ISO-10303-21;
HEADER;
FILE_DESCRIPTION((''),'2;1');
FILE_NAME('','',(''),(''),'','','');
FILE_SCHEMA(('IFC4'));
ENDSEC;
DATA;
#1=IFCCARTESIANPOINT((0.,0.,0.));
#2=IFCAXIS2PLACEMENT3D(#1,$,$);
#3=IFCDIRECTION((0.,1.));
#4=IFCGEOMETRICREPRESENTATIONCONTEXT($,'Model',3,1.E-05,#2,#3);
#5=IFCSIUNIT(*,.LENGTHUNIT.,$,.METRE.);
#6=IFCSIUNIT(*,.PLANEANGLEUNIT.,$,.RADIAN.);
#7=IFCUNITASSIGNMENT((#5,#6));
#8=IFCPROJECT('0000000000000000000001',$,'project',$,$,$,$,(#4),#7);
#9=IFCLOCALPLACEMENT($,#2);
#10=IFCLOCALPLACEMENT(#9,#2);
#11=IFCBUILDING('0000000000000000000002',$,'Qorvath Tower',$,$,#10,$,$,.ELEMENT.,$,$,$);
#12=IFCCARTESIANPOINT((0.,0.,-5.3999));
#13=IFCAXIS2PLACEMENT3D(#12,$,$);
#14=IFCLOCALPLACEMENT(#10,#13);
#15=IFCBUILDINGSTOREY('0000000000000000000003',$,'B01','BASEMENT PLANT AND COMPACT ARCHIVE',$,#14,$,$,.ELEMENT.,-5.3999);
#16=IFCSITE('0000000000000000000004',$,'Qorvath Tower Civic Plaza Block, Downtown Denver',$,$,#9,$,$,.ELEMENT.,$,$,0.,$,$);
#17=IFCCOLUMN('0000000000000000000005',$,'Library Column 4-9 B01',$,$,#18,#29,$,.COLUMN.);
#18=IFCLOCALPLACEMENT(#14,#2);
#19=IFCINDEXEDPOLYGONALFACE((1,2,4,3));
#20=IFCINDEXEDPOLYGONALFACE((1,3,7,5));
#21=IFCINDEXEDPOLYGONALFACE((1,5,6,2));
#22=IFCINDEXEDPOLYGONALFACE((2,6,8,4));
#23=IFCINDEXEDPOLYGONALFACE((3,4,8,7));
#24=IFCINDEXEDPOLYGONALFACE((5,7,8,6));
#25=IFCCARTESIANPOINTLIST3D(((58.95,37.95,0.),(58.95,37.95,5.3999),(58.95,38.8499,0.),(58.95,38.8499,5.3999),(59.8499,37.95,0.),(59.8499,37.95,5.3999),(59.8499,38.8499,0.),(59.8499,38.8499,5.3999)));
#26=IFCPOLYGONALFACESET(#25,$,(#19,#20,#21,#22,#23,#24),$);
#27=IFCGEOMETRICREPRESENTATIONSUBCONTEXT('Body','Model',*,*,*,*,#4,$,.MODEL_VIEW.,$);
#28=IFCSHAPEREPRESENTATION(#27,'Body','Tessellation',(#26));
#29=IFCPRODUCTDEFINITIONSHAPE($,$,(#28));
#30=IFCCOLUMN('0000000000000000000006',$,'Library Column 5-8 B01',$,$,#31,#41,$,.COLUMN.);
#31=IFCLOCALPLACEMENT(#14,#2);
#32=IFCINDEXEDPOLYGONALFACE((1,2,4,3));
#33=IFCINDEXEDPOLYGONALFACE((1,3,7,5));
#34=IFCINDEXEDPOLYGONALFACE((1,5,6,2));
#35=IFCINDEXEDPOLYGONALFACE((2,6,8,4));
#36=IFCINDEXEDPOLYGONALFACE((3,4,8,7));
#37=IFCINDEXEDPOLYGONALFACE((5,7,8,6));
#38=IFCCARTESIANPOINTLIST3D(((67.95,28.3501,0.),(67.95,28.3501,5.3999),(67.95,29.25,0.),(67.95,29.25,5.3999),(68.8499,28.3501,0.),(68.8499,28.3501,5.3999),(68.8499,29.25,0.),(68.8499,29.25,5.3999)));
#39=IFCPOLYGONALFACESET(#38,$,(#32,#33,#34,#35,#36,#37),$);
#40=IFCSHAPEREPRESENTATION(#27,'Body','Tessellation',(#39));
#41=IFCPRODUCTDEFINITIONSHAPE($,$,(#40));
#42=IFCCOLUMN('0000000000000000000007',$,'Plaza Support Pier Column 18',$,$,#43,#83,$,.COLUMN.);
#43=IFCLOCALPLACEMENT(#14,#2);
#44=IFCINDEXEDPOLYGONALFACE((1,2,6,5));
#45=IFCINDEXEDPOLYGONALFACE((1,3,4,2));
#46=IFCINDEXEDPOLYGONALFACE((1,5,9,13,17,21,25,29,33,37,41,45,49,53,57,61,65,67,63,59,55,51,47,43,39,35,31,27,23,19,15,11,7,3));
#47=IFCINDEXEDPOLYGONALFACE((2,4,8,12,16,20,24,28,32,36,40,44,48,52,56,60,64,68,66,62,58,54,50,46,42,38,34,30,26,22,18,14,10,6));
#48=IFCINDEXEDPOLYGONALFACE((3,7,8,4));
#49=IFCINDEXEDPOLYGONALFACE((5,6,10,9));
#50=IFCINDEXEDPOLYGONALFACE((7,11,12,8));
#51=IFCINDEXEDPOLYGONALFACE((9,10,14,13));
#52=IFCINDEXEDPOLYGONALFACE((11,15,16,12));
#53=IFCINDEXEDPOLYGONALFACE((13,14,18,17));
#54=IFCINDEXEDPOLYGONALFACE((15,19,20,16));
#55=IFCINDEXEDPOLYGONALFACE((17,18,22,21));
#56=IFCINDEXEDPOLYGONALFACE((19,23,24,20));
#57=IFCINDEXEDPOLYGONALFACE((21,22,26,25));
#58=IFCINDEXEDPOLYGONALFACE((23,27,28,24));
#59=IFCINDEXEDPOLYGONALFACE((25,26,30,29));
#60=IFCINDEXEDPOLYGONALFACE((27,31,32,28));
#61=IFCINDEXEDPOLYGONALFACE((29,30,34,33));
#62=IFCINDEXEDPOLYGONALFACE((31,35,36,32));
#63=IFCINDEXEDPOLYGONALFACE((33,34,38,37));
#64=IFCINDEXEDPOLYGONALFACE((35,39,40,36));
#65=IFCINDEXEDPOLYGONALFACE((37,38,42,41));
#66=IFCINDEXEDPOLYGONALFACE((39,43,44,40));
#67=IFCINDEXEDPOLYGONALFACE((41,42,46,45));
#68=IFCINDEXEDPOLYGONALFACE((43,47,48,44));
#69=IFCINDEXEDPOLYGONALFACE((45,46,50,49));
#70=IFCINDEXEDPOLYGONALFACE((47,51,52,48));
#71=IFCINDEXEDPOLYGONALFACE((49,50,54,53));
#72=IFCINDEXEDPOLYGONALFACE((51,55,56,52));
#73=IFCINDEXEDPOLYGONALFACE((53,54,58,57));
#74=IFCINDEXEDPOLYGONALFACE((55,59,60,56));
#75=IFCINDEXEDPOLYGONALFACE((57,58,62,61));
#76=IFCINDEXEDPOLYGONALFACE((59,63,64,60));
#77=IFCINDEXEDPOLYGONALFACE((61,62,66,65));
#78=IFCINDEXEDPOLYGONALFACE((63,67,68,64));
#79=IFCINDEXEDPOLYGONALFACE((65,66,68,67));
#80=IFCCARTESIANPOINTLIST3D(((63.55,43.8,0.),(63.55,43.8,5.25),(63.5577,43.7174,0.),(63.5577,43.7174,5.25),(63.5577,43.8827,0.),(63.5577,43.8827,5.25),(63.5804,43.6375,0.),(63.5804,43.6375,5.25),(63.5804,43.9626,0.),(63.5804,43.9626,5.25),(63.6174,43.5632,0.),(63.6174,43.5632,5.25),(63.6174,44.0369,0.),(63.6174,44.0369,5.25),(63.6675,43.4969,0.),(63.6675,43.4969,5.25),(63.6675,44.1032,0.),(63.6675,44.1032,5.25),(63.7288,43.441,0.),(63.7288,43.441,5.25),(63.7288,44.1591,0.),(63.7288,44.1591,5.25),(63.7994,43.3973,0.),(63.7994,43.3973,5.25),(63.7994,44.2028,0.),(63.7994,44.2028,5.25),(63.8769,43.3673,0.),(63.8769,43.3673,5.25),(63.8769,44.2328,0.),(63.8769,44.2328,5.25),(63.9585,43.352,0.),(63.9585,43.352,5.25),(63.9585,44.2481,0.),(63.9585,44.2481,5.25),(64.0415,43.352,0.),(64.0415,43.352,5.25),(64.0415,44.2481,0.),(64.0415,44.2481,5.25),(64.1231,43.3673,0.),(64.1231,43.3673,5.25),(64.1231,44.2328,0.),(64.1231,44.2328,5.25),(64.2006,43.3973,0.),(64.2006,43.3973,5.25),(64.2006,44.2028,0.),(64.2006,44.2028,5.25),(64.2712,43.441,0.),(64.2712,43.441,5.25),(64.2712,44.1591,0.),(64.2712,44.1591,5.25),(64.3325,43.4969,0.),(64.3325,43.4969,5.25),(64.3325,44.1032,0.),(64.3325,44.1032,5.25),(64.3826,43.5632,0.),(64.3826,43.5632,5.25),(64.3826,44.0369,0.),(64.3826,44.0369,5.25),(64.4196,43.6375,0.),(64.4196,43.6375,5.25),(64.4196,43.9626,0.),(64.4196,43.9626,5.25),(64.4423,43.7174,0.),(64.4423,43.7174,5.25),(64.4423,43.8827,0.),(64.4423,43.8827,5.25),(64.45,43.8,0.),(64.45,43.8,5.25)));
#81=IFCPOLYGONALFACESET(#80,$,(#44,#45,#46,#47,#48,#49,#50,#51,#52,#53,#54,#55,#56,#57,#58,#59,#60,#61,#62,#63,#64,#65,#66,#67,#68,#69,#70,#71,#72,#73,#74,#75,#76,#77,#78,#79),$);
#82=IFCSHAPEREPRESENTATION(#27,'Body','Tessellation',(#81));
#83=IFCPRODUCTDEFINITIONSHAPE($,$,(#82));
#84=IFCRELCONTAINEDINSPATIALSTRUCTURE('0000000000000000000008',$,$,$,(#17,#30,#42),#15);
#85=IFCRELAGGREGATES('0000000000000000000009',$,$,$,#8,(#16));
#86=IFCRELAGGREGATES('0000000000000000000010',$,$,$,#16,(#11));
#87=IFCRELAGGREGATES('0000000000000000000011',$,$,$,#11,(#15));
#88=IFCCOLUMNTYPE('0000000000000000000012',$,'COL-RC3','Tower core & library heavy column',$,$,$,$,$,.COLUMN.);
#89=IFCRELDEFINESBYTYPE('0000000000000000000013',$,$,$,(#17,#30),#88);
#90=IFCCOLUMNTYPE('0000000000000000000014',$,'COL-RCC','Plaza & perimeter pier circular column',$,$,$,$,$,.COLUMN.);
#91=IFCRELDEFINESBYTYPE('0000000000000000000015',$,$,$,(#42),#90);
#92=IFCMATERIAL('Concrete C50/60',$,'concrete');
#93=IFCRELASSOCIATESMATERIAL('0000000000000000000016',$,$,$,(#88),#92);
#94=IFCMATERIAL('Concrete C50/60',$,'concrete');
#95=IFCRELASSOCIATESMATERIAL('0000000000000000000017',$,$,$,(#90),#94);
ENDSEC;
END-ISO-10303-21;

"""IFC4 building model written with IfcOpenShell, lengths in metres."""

from ifc_helpers import new_model, si_unit, direction, frame, origin, origin_2d, place, context, subcontext, project, spatial, rectangle, circle, extrude, material, material_profile, profile_set, type_object, element, save


model = new_model("IFC4")

# Units and contexts
model_context = context("Model", 3, precision=1e-05, world=origin(), true_north=direction((0.0, 1.0)))
body_context = subcontext(model_context, "Body", "Model", "MODEL_VIEW")
ifc_project = project(units=[si_unit("LENGTHUNIT", "METRE"), si_unit("PLANEANGLEUNIT", "RADIAN")], contexts=[model_context])

# Site, building, storey
site_placement = place(None, origin())
site = spatial("IfcSite", under=ifc_project, at=site_placement, Name="Qorvath Tower Civic Plaza Block, Downtown Denver", CompositionType="ELEMENT", RefElevation=0.0)
building_placement = place(site_placement, origin())
building = spatial("IfcBuilding", under=site, at=building_placement, Name="Qorvath Tower", CompositionType="ELEMENT")
storey_placement = place(building_placement, frame((0.0, 0.0, -5.3999)))
storey = spatial("IfcBuildingStorey", under=building, at=storey_placement, Name="B01", Description="BASEMENT PLANT AND COMPACT ARCHIVE", CompositionType="ELEMENT", Elevation=-5.3999)

# Columns
ifc_material_1 = material(Name="Concrete C50/60", Category="concrete")
ifc_material_profile_1 = material_profile(ifc_material_1, rectangle(XDim=0.8999, YDim=0.8999, at=origin_2d()), Name="RC 900x900")
ifc_profile_set_1 = profile_set([ifc_material_profile_1], Name="Concrete C50/60")
column_type_1 = type_object("IfcColumnType", Name="COL-RC3", Description="Tower core & library heavy column", PredefinedType="COLUMN", material=ifc_profile_set_1)
for number, where, z_axis, x_axis, name in (
    (1, (59.3999, 38.3999, 0.0), (0.0, 0.0, 1.0), (1.0, 0.0, 0.0), "Library Column 4-9 B01"),
    (2, (68.3999, 28.8, 0.0), (0.0, 0.0, 1.0), (1.0, 0.0, 0.0), "Library Column 5-8 B01"),
):
    element("IfcColumn", number, at=place(storey_placement, frame(where, z_axis=z_axis, x_axis=x_axis)), inside=storey, type_object=column_type_1, Name=name, PredefinedType="COLUMN", context=body_context, shape_type="SweptSolid", body=[
        extrude(rectangle(XDim=0.8999, YDim=0.8999, at=origin_2d()), origin(), (0.0, 0.0, 1.0), 5.3999),
    ])
ifc_material_2 = material(Name="Concrete C50/60", Category="concrete")
ifc_material_profile_2 = material_profile(ifc_material_2, circle(Radius=0.45, at=origin_2d()), Name="RCC 900")
ifc_profile_set_2 = profile_set([ifc_material_profile_2], Name="Concrete C50/60")
column_type_2 = type_object("IfcColumnType", Name="COL-RCC", Description="Plaza & perimeter pier circular column", PredefinedType="COLUMN", material=ifc_profile_set_2)
column_placement = place(storey_placement, frame((64.0, 43.8, 0.0), z_axis=(0.0, 0.0, 1.0), x_axis=(1.0, 0.0, 0.0)))
element("IfcColumn", 3, at=column_placement, inside=storey, type_object=column_type_2, Name="Plaza Support Pier Column 18", PredefinedType="COLUMN", context=body_context, shape_type="SweptSolid", body=[
    extrude(circle(Radius=0.45, at=origin_2d()), origin(), (0.0, 0.0, 1.0), 5.25),
])

save(model, "model.ifc")
